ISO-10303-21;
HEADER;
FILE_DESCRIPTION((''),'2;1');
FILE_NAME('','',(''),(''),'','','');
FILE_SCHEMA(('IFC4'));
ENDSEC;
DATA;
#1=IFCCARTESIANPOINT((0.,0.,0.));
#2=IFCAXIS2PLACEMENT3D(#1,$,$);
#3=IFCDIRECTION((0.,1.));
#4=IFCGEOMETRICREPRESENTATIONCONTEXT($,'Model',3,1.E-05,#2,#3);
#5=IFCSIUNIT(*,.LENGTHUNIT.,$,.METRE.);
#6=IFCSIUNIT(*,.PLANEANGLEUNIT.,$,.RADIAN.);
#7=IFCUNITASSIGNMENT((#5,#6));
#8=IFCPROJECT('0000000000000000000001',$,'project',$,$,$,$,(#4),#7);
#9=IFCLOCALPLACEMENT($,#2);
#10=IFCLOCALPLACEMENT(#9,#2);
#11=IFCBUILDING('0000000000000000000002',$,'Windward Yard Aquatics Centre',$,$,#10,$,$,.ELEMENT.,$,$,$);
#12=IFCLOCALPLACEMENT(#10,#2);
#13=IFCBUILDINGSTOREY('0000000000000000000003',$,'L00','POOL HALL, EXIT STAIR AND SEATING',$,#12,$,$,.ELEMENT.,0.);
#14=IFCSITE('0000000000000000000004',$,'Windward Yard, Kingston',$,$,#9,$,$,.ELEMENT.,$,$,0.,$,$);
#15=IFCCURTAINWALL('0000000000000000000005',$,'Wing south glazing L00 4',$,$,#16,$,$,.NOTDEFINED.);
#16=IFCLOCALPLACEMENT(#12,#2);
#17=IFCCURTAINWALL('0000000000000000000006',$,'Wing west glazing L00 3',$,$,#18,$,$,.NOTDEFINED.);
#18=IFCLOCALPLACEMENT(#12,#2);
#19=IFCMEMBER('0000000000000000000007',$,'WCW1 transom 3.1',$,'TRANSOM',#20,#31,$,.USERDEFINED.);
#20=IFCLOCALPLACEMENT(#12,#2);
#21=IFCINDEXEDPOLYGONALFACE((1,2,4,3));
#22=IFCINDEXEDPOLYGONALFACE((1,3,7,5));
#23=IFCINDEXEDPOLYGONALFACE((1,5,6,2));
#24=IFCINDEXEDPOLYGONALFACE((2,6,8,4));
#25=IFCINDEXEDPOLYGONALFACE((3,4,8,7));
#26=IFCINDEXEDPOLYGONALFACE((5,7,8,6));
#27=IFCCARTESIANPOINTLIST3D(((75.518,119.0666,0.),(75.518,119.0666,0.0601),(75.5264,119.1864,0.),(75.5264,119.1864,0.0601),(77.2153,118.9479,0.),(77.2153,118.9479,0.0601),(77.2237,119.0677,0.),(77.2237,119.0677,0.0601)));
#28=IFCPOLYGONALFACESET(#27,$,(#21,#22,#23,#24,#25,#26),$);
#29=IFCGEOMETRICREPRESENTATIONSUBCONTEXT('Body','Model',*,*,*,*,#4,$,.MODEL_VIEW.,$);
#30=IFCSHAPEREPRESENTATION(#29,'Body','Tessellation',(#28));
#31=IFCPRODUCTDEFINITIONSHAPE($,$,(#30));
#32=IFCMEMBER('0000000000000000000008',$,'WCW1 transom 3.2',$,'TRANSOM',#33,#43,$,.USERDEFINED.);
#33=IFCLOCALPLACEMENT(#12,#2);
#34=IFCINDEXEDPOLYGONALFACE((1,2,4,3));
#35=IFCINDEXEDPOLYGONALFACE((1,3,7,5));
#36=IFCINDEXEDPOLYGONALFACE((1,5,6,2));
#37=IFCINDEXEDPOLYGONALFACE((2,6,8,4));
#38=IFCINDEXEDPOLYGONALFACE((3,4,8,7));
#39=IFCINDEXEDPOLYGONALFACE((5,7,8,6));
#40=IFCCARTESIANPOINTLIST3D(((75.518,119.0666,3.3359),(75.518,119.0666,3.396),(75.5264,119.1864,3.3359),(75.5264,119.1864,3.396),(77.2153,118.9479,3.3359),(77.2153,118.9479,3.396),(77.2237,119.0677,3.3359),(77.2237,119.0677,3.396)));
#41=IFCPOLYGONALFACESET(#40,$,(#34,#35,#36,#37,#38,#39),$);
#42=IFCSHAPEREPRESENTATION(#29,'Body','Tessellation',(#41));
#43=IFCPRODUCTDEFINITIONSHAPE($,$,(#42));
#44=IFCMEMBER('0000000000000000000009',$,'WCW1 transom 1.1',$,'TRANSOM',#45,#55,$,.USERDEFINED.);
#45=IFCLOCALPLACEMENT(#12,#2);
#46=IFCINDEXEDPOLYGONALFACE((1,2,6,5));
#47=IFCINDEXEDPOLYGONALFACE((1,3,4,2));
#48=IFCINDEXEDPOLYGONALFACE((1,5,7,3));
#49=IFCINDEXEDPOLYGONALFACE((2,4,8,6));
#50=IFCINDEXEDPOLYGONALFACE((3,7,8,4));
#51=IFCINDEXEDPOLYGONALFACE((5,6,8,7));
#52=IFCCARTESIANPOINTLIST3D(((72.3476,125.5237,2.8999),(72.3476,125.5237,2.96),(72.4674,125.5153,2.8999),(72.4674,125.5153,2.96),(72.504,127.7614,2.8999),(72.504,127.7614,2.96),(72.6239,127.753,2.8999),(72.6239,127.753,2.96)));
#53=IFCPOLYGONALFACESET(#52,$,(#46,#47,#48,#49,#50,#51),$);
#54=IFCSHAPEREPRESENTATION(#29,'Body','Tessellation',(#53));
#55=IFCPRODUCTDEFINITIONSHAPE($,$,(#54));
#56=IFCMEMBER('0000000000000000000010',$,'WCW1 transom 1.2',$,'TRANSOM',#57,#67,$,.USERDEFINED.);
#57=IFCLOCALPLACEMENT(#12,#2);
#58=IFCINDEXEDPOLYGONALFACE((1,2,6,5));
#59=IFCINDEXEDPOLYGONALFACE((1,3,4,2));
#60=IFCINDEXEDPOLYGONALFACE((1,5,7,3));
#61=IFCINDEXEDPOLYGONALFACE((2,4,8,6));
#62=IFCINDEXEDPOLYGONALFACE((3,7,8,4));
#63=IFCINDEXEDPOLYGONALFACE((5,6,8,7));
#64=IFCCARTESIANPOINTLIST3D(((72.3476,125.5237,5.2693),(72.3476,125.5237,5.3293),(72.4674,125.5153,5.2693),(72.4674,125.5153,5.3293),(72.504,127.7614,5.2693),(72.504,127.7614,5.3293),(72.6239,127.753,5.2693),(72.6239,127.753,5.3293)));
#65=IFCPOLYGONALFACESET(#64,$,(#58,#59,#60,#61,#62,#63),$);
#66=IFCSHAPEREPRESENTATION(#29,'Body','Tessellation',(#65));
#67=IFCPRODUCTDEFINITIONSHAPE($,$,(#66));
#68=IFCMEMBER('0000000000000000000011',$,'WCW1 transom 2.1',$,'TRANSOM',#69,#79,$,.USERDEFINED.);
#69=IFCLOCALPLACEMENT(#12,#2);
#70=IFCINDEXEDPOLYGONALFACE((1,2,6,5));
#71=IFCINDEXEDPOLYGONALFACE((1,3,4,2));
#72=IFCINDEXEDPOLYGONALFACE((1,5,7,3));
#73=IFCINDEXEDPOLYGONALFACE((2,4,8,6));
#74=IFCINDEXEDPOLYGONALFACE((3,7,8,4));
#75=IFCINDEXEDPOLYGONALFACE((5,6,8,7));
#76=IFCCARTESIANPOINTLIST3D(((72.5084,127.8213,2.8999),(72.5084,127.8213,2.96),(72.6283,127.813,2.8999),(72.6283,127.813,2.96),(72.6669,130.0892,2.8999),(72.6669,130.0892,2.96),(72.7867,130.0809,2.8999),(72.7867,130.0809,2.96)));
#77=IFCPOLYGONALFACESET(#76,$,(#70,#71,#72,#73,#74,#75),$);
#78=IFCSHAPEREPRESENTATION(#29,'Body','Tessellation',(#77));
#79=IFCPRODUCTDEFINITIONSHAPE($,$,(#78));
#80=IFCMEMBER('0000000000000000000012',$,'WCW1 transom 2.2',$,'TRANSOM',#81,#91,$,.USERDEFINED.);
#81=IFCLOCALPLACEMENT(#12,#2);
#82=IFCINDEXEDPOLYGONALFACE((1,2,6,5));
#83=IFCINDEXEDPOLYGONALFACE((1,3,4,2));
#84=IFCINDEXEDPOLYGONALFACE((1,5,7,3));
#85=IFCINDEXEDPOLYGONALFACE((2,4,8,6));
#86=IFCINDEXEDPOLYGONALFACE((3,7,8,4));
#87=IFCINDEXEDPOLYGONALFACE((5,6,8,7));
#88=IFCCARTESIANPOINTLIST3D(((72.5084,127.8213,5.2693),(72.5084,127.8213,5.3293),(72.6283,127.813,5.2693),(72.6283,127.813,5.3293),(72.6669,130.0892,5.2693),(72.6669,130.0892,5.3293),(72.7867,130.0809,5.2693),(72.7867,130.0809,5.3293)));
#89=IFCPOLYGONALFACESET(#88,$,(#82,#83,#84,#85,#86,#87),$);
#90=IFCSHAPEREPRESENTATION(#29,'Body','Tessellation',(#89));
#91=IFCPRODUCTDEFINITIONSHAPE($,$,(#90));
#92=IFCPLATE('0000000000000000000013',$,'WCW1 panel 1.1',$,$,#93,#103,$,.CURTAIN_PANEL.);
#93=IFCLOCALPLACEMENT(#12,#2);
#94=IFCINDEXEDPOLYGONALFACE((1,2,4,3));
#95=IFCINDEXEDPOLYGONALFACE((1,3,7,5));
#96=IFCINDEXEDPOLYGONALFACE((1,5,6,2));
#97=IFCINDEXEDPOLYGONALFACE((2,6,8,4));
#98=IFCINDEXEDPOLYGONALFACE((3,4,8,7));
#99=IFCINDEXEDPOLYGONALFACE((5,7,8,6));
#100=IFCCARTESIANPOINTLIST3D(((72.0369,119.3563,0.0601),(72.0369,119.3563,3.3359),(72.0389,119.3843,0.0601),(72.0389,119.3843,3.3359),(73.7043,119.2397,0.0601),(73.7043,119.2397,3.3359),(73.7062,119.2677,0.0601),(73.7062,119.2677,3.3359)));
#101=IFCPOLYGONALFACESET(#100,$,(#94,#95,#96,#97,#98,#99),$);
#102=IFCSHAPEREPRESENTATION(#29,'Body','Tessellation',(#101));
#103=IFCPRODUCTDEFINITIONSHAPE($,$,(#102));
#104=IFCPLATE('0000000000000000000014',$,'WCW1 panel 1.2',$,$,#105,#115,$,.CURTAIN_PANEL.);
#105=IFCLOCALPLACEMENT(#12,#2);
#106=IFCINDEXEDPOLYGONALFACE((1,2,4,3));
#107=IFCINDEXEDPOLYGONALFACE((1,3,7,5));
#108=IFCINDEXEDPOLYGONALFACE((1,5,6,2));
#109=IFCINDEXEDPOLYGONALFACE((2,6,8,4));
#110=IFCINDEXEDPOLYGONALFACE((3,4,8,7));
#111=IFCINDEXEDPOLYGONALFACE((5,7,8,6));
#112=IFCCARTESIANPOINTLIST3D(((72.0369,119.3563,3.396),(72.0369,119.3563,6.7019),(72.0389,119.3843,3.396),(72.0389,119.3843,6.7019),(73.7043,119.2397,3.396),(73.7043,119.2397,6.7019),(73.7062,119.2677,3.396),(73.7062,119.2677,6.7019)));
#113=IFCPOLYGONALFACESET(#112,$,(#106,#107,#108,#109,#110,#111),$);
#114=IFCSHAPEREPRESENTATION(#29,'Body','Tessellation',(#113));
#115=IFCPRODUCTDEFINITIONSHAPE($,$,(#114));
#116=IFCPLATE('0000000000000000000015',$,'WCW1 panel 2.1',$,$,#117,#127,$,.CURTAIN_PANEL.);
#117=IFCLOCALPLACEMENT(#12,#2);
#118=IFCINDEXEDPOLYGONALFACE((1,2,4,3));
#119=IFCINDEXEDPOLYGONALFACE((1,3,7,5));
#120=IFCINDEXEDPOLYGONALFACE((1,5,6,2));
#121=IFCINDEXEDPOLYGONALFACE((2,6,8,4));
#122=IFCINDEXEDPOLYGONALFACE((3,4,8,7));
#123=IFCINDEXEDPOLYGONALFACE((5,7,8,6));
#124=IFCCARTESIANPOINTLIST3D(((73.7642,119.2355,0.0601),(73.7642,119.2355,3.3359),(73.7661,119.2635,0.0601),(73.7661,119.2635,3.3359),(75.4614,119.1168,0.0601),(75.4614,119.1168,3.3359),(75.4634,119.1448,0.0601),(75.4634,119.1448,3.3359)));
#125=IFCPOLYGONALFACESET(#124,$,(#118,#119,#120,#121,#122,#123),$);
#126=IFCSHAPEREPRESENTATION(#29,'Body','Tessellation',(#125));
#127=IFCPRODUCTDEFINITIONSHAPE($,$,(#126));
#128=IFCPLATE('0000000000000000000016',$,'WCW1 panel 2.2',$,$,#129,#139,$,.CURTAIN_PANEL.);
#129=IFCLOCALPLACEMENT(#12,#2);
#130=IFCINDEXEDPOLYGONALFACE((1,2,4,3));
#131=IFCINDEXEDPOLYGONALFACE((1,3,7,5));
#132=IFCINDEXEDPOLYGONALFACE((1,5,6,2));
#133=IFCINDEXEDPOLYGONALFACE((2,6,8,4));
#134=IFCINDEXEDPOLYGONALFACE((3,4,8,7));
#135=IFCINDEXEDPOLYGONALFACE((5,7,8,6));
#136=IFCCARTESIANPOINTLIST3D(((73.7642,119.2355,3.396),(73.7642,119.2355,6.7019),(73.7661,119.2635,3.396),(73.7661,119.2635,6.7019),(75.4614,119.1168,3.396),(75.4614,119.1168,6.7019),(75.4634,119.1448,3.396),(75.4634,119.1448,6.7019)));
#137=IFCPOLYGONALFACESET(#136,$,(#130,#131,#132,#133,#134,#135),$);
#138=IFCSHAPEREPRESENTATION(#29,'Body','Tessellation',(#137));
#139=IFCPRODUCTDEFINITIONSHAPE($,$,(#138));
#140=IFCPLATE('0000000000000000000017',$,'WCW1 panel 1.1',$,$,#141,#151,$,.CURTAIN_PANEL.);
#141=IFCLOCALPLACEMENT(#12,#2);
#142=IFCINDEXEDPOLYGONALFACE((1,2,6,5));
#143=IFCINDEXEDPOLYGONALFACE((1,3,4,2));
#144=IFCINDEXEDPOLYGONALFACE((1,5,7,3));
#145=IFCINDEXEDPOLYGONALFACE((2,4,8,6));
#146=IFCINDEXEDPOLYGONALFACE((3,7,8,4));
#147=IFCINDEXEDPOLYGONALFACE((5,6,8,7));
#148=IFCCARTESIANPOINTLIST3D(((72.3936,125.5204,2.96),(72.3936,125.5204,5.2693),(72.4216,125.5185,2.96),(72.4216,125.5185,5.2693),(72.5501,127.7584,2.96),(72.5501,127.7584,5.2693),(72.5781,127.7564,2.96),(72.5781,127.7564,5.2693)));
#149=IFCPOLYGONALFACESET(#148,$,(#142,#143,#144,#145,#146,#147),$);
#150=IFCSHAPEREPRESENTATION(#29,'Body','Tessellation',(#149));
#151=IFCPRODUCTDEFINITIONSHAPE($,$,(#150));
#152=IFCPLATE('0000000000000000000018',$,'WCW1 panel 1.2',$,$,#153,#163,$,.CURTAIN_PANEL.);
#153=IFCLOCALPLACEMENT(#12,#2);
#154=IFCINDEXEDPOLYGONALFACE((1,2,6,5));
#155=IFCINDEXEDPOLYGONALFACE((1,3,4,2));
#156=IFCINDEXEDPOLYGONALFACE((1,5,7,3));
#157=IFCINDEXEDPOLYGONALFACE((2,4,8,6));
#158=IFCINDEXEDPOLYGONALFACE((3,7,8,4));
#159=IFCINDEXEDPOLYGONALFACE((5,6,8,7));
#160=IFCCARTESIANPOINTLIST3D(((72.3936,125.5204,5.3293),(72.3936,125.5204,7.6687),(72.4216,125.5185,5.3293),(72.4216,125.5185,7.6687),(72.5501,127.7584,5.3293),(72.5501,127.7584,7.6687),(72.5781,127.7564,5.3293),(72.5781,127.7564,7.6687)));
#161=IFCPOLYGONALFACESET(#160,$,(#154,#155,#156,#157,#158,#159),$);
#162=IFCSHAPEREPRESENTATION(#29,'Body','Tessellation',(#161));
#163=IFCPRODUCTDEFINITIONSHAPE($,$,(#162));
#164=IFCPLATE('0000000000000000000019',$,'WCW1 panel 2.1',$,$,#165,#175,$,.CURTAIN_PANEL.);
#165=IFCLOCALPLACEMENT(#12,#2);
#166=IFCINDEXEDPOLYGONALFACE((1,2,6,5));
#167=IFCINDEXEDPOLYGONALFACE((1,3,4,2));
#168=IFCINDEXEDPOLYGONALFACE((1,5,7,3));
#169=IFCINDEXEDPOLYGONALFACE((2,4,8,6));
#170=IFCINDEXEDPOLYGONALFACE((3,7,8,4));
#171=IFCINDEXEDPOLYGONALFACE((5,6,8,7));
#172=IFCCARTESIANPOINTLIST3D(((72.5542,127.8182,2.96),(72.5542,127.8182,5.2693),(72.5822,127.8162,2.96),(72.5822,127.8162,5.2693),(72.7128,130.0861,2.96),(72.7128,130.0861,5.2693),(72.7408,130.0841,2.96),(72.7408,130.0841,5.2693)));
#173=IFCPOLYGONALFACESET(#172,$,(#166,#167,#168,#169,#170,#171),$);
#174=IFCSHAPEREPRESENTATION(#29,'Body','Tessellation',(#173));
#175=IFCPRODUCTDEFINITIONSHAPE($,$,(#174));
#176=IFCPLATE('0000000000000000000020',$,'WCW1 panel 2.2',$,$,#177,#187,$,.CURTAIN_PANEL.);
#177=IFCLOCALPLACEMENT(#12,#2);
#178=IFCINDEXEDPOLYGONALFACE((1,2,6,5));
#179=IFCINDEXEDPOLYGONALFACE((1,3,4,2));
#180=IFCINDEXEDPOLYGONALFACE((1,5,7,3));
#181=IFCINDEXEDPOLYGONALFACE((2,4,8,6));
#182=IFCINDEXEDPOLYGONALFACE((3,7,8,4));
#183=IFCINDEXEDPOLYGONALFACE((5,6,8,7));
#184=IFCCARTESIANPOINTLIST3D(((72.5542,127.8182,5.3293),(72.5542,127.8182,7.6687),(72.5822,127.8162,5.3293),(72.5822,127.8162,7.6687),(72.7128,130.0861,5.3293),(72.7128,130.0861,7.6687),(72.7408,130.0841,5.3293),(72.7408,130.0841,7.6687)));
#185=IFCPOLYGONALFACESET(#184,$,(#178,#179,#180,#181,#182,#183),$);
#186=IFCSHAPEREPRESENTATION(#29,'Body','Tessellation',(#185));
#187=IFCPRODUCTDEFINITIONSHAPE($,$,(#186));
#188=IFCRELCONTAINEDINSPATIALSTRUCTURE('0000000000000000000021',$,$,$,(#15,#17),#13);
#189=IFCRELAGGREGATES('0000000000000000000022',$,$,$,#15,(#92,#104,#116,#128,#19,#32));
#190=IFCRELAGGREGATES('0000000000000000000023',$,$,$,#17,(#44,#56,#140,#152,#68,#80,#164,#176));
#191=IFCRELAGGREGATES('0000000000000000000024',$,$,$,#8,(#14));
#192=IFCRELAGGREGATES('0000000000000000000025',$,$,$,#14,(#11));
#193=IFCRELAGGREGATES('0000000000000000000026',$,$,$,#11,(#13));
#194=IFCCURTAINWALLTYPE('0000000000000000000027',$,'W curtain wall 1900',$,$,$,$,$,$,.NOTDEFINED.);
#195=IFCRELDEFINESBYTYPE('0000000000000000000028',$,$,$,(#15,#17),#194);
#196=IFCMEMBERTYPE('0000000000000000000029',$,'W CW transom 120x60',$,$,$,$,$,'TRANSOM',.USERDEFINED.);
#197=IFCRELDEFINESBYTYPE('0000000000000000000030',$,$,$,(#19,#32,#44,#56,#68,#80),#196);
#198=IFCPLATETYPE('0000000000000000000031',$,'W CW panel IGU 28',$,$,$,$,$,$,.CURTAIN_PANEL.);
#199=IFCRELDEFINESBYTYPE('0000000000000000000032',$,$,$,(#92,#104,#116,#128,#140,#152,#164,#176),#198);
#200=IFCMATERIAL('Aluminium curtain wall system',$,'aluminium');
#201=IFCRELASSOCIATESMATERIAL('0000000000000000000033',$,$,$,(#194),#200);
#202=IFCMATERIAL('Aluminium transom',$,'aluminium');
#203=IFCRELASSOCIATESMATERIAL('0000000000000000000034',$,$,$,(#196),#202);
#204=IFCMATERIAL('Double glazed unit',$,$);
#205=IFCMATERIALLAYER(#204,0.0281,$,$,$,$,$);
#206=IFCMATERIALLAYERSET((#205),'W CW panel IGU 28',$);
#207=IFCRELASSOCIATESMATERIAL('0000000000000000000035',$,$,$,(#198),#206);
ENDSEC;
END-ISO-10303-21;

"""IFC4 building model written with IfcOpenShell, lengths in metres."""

from ifc_helpers import new_model, si_unit, direction, frame, origin, origin_2d, place, context, subcontext, project, spatial, rectangle, extrude, material, layer, layer_set, material_profile, profile_set, type_object, element, aggregate, save


model = new_model("IFC4")

# Units and contexts
model_context = context("Model", 3, precision=1e-05, world=origin(), true_north=direction((0.0, 1.0)))
body_context = subcontext(model_context, "Body", "Model", "MODEL_VIEW")
ifc_project = project(units=[si_unit("LENGTHUNIT", "METRE"), si_unit("PLANEANGLEUNIT", "RADIAN")], contexts=[model_context])

# Site, building, storey
site_placement = place(None, origin())
site = spatial("IfcSite", under=ifc_project, at=site_placement, Name="Windward Yard, Kingston", CompositionType="ELEMENT", RefElevation=0.0)
building_placement = place(site_placement, origin())
building = spatial("IfcBuilding", under=site, at=building_placement, Name="Windward Yard Aquatics Centre", CompositionType="ELEMENT")
storey_placement = place(building_placement, origin())
storey = spatial("IfcBuildingStorey", under=building, at=storey_placement, Name="L00", Description="POOL HALL, EXIT STAIR AND SEATING", CompositionType="ELEMENT", Elevation=0.0)

# Curtain walls
ifc_material_1 = material(Name="Aluminium curtain wall system", Category="aluminium")
curtain_wall_type = type_object("IfcCurtainWallType", Name="W curtain wall 1900", PredefinedType="NOTDEFINED", material=ifc_material_1)
curtain_wall_1_placement = place(storey_placement, origin())
curtain_wall_1 = element("IfcCurtainWall", 1, at=curtain_wall_1_placement, inside=storey, type_object=curtain_wall_type, Name="Wing south glazing L00 4", PredefinedType="NOTDEFINED")
curtain_wall_2_placement = place(storey_placement, origin())
curtain_wall_2 = element("IfcCurtainWall", 2, at=curtain_wall_2_placement, inside=storey, type_object=curtain_wall_type, Name="Wing west glazing L00 3", PredefinedType="NOTDEFINED")

# Members
ifc_material_2 = material(Name="Aluminium transom", Category="aluminium")
ifc_material_profile_1 = material_profile(ifc_material_2, rectangle(XDim=0.1201, YDim=0.0601, at=origin_2d()), Name="AL 120x60")
ifc_profile_set_1 = profile_set([ifc_material_profile_1], Name="Aluminium transom")
member_type_1 = type_object("IfcMemberType", Name="W CW transom 120x60", ElementType="TRANSOM", PredefinedType="USERDEFINED", material=ifc_profile_set_1)
member_1_placement = place(storey_placement, frame((75.5222, 119.1265, 0.03), z_axis=(0.997565, -0.069738, 0.0), x_axis=(0.069738, 0.997565, 0.0)))
member_1 = element("IfcMember", 3, at=member_1_placement, type_object=member_type_1, Name="WCW1 transom 3.1", ObjectType="TRANSOM", PredefinedType="USERDEFINED", context=body_context, shape_type="SweptSolid", body=[
    extrude(rectangle(XDim=0.1201, YDim=0.0601, at=origin_2d()), origin(), (0.0, 0.0, 1.0), 1.7014),
])
member_2_placement = place(storey_placement, frame((75.5222, 119.1265, 3.366), z_axis=(0.997565, -0.069738, 0.0), x_axis=(0.069738, 0.997565, 0.0)))
member_2 = element("IfcMember", 4, at=member_2_placement, type_object=member_type_1, Name="WCW1 transom 3.2", ObjectType="TRANSOM", PredefinedType="USERDEFINED", context=body_context, shape_type="SweptSolid", body=[
    extrude(rectangle(XDim=0.1201, YDim=0.0601, at=origin_2d()), origin(), (0.0, 0.0, 1.0), 1.7014),
])
member_3_placement = place(storey_placement, frame((72.4075, 125.5195, 2.9299), z_axis=(0.069762, 0.997564, 0.0), x_axis=(-0.997564, 0.069762, 0.0)))
member_3 = element("IfcMember", 5, at=member_3_placement, type_object=member_type_1, Name="WCW1 transom 1.1", ObjectType="TRANSOM", PredefinedType="USERDEFINED", context=body_context, shape_type="SweptSolid", body=[
    extrude(rectangle(XDim=0.1201, YDim=0.0601, at=origin_2d()), origin(), (0.0, 0.0, 1.0), 2.2432),
])
member_4_placement = place(storey_placement, frame((72.4075, 125.5195, 5.2993), z_axis=(0.069762, 0.997564, 0.0), x_axis=(-0.997564, 0.069762, 0.0)))
member_4 = element("IfcMember", 6, at=member_4_placement, type_object=member_type_1, Name="WCW1 transom 1.2", ObjectType="TRANSOM", PredefinedType="USERDEFINED", context=body_context, shape_type="SweptSolid", body=[
    extrude(rectangle(XDim=0.1201, YDim=0.0601, at=origin_2d()), origin(), (0.0, 0.0, 1.0), 2.2432),
])
member_5_placement = place(storey_placement, frame((72.5684, 127.8171, 2.9299), z_axis=(0.069698, 0.997568, 0.0), x_axis=(-0.997568, 0.069698, 0.0)))
member_5 = element("IfcMember", 7, at=member_5_placement, type_object=member_type_1, Name="WCW1 transom 2.1", ObjectType="TRANSOM", PredefinedType="USERDEFINED", context=body_context, shape_type="SweptSolid", body=[
    extrude(rectangle(XDim=0.1201, YDim=0.0601, at=origin_2d()), origin(), (0.0, 0.0, 1.0), 2.2734),
])
member_6_placement = place(storey_placement, frame((72.5684, 127.8171, 5.2993), z_axis=(0.069698, 0.997568, 0.0), x_axis=(-0.997568, 0.069698, 0.0)))
member_6 = element("IfcMember", 8, at=member_6_placement, type_object=member_type_1, Name="WCW1 transom 2.2", ObjectType="TRANSOM", PredefinedType="USERDEFINED", context=body_context, shape_type="SweptSolid", body=[
    extrude(rectangle(XDim=0.1201, YDim=0.0601, at=origin_2d()), origin(), (0.0, 0.0, 1.0), 2.2734),
])

# Plates
ifc_material_3 = material(Name="Double glazed unit")
ifc_layer_1 = layer(ifc_material_3, 0.0281)
ifc_layer_set_1 = layer_set([ifc_layer_1], Name="W CW panel IGU 28")
plate_type = type_object("IfcPlateType", Name="W CW panel IGU 28", PredefinedType="CURTAIN_PANEL", material=ifc_layer_set_1)
plate_1_placement = place(storey_placement, frame((72.8716, 119.312, 0.0601), z_axis=(0.0, 0.0, 1.0), x_axis=(0.997564, -0.069756, 0.0)))
plate_1 = element("IfcPlate", 9, at=plate_1_placement, type_object=plate_type, Name="WCW1 panel 1.1", PredefinedType="CURTAIN_PANEL", context=body_context, shape_type="SweptSolid", body=[
    extrude(rectangle(XDim=1.6714, YDim=0.0281, at=origin_2d()), origin(), (0.0, 0.0, 1.0), 3.2759),
])
plate_2_placement = place(storey_placement, frame((72.8716, 119.312, 3.396), z_axis=(0.0, 0.0, 1.0), x_axis=(0.997564, -0.069756, 0.0)))
plate_2 = element("IfcPlate", 10, at=plate_2_placement, type_object=plate_type, Name="WCW1 panel 1.2", PredefinedType="CURTAIN_PANEL", context=body_context, shape_type="SweptSolid", body=[
    extrude(rectangle(XDim=1.6714, YDim=0.0281, at=origin_2d()), origin(), (0.0, 0.0, 1.0), 3.3059),
])
plate_3_placement = place(storey_placement, frame((74.6138, 119.1902, 0.0601), z_axis=(0.0, 0.0, 1.0), x_axis=(0.997564, -0.069756, 0.0)))
plate_3 = element("IfcPlate", 11, at=plate_3_placement, type_object=plate_type, Name="WCW1 panel 2.1", PredefinedType="CURTAIN_PANEL", context=body_context, shape_type="SweptSolid", body=[
    extrude(rectangle(XDim=1.7014, YDim=0.0281, at=origin_2d()), origin(), (0.0, 0.0, 1.0), 3.2759),
])
plate_4_placement = place(storey_placement, frame((74.6138, 119.1902, 3.396), z_axis=(0.0, 0.0, 1.0), x_axis=(0.997564, -0.069756, 0.0)))
plate_4 = element("IfcPlate", 12, at=plate_4_placement, type_object=plate_type, Name="WCW1 panel 2.2", PredefinedType="CURTAIN_PANEL", context=body_context, shape_type="SweptSolid", body=[
    extrude(rectangle(XDim=1.7014, YDim=0.0281, at=origin_2d()), origin(), (0.0, 0.0, 1.0), 3.3059),
])
aggregate(curtain_wall_1, [plate_1, plate_2, plate_3, plate_4, member_1, member_2])
plate_5_placement = place(storey_placement, frame((72.4858, 126.6384, 2.96), z_axis=(0.0, 0.0, 1.0), x_axis=(0.069758, 0.997564, 0.0)))
plate_5 = element("IfcPlate", 13, at=plate_5_placement, type_object=plate_type, Name="WCW1 panel 1.1", PredefinedType="CURTAIN_PANEL", context=body_context, shape_type="SweptSolid", body=[
    extrude(rectangle(XDim=2.2434, YDim=0.0281, at=origin_2d()), origin(), (0.0, 0.0, 1.0), 2.3093),
])
plate_6_placement = place(storey_placement, frame((72.4858, 126.6384, 5.3293), z_axis=(0.0, 0.0, 1.0), x_axis=(0.069758, 0.997564, 0.0)))
plate_6 = element("IfcPlate", 14, at=plate_6_placement, type_object=plate_type, Name="WCW1 panel 1.2", PredefinedType="CURTAIN_PANEL", context=body_context, shape_type="SweptSolid", body=[
    extrude(rectangle(XDim=2.2434, YDim=0.0281, at=origin_2d()), origin(), (0.0, 0.0, 1.0), 2.3394),
])
plate_7_placement = place(storey_placement, frame((72.6475, 128.9512, 2.96), z_axis=(0.0, 0.0, 1.0), x_axis=(0.069758, 0.997564, 0.0)))
plate_7 = element("IfcPlate", 15, at=plate_7_placement, type_object=plate_type, Name="WCW1 panel 2.1", PredefinedType="CURTAIN_PANEL", context=body_context, shape_type="SweptSolid", body=[
    extrude(rectangle(XDim=2.2734, YDim=0.0281, at=origin_2d()), origin(), (0.0, 0.0, 1.0), 2.3093),
])
plate_8_placement = place(storey_placement, frame((72.6475, 128.9512, 5.3293), z_axis=(0.0, 0.0, 1.0), x_axis=(0.069758, 0.997564, 0.0)))
plate_8 = element("IfcPlate", 16, at=plate_8_placement, type_object=plate_type, Name="WCW1 panel 2.2", PredefinedType="CURTAIN_PANEL", context=body_context, shape_type="SweptSolid", body=[
    extrude(rectangle(XDim=2.2734, YDim=0.0281, at=origin_2d()), origin(), (0.0, 0.0, 1.0), 2.3394),
])
aggregate(curtain_wall_2, [member_3, member_4, plate_5, plate_6, member_5, member_6, plate_7, plate_8])

save(model, "model.ifc")
